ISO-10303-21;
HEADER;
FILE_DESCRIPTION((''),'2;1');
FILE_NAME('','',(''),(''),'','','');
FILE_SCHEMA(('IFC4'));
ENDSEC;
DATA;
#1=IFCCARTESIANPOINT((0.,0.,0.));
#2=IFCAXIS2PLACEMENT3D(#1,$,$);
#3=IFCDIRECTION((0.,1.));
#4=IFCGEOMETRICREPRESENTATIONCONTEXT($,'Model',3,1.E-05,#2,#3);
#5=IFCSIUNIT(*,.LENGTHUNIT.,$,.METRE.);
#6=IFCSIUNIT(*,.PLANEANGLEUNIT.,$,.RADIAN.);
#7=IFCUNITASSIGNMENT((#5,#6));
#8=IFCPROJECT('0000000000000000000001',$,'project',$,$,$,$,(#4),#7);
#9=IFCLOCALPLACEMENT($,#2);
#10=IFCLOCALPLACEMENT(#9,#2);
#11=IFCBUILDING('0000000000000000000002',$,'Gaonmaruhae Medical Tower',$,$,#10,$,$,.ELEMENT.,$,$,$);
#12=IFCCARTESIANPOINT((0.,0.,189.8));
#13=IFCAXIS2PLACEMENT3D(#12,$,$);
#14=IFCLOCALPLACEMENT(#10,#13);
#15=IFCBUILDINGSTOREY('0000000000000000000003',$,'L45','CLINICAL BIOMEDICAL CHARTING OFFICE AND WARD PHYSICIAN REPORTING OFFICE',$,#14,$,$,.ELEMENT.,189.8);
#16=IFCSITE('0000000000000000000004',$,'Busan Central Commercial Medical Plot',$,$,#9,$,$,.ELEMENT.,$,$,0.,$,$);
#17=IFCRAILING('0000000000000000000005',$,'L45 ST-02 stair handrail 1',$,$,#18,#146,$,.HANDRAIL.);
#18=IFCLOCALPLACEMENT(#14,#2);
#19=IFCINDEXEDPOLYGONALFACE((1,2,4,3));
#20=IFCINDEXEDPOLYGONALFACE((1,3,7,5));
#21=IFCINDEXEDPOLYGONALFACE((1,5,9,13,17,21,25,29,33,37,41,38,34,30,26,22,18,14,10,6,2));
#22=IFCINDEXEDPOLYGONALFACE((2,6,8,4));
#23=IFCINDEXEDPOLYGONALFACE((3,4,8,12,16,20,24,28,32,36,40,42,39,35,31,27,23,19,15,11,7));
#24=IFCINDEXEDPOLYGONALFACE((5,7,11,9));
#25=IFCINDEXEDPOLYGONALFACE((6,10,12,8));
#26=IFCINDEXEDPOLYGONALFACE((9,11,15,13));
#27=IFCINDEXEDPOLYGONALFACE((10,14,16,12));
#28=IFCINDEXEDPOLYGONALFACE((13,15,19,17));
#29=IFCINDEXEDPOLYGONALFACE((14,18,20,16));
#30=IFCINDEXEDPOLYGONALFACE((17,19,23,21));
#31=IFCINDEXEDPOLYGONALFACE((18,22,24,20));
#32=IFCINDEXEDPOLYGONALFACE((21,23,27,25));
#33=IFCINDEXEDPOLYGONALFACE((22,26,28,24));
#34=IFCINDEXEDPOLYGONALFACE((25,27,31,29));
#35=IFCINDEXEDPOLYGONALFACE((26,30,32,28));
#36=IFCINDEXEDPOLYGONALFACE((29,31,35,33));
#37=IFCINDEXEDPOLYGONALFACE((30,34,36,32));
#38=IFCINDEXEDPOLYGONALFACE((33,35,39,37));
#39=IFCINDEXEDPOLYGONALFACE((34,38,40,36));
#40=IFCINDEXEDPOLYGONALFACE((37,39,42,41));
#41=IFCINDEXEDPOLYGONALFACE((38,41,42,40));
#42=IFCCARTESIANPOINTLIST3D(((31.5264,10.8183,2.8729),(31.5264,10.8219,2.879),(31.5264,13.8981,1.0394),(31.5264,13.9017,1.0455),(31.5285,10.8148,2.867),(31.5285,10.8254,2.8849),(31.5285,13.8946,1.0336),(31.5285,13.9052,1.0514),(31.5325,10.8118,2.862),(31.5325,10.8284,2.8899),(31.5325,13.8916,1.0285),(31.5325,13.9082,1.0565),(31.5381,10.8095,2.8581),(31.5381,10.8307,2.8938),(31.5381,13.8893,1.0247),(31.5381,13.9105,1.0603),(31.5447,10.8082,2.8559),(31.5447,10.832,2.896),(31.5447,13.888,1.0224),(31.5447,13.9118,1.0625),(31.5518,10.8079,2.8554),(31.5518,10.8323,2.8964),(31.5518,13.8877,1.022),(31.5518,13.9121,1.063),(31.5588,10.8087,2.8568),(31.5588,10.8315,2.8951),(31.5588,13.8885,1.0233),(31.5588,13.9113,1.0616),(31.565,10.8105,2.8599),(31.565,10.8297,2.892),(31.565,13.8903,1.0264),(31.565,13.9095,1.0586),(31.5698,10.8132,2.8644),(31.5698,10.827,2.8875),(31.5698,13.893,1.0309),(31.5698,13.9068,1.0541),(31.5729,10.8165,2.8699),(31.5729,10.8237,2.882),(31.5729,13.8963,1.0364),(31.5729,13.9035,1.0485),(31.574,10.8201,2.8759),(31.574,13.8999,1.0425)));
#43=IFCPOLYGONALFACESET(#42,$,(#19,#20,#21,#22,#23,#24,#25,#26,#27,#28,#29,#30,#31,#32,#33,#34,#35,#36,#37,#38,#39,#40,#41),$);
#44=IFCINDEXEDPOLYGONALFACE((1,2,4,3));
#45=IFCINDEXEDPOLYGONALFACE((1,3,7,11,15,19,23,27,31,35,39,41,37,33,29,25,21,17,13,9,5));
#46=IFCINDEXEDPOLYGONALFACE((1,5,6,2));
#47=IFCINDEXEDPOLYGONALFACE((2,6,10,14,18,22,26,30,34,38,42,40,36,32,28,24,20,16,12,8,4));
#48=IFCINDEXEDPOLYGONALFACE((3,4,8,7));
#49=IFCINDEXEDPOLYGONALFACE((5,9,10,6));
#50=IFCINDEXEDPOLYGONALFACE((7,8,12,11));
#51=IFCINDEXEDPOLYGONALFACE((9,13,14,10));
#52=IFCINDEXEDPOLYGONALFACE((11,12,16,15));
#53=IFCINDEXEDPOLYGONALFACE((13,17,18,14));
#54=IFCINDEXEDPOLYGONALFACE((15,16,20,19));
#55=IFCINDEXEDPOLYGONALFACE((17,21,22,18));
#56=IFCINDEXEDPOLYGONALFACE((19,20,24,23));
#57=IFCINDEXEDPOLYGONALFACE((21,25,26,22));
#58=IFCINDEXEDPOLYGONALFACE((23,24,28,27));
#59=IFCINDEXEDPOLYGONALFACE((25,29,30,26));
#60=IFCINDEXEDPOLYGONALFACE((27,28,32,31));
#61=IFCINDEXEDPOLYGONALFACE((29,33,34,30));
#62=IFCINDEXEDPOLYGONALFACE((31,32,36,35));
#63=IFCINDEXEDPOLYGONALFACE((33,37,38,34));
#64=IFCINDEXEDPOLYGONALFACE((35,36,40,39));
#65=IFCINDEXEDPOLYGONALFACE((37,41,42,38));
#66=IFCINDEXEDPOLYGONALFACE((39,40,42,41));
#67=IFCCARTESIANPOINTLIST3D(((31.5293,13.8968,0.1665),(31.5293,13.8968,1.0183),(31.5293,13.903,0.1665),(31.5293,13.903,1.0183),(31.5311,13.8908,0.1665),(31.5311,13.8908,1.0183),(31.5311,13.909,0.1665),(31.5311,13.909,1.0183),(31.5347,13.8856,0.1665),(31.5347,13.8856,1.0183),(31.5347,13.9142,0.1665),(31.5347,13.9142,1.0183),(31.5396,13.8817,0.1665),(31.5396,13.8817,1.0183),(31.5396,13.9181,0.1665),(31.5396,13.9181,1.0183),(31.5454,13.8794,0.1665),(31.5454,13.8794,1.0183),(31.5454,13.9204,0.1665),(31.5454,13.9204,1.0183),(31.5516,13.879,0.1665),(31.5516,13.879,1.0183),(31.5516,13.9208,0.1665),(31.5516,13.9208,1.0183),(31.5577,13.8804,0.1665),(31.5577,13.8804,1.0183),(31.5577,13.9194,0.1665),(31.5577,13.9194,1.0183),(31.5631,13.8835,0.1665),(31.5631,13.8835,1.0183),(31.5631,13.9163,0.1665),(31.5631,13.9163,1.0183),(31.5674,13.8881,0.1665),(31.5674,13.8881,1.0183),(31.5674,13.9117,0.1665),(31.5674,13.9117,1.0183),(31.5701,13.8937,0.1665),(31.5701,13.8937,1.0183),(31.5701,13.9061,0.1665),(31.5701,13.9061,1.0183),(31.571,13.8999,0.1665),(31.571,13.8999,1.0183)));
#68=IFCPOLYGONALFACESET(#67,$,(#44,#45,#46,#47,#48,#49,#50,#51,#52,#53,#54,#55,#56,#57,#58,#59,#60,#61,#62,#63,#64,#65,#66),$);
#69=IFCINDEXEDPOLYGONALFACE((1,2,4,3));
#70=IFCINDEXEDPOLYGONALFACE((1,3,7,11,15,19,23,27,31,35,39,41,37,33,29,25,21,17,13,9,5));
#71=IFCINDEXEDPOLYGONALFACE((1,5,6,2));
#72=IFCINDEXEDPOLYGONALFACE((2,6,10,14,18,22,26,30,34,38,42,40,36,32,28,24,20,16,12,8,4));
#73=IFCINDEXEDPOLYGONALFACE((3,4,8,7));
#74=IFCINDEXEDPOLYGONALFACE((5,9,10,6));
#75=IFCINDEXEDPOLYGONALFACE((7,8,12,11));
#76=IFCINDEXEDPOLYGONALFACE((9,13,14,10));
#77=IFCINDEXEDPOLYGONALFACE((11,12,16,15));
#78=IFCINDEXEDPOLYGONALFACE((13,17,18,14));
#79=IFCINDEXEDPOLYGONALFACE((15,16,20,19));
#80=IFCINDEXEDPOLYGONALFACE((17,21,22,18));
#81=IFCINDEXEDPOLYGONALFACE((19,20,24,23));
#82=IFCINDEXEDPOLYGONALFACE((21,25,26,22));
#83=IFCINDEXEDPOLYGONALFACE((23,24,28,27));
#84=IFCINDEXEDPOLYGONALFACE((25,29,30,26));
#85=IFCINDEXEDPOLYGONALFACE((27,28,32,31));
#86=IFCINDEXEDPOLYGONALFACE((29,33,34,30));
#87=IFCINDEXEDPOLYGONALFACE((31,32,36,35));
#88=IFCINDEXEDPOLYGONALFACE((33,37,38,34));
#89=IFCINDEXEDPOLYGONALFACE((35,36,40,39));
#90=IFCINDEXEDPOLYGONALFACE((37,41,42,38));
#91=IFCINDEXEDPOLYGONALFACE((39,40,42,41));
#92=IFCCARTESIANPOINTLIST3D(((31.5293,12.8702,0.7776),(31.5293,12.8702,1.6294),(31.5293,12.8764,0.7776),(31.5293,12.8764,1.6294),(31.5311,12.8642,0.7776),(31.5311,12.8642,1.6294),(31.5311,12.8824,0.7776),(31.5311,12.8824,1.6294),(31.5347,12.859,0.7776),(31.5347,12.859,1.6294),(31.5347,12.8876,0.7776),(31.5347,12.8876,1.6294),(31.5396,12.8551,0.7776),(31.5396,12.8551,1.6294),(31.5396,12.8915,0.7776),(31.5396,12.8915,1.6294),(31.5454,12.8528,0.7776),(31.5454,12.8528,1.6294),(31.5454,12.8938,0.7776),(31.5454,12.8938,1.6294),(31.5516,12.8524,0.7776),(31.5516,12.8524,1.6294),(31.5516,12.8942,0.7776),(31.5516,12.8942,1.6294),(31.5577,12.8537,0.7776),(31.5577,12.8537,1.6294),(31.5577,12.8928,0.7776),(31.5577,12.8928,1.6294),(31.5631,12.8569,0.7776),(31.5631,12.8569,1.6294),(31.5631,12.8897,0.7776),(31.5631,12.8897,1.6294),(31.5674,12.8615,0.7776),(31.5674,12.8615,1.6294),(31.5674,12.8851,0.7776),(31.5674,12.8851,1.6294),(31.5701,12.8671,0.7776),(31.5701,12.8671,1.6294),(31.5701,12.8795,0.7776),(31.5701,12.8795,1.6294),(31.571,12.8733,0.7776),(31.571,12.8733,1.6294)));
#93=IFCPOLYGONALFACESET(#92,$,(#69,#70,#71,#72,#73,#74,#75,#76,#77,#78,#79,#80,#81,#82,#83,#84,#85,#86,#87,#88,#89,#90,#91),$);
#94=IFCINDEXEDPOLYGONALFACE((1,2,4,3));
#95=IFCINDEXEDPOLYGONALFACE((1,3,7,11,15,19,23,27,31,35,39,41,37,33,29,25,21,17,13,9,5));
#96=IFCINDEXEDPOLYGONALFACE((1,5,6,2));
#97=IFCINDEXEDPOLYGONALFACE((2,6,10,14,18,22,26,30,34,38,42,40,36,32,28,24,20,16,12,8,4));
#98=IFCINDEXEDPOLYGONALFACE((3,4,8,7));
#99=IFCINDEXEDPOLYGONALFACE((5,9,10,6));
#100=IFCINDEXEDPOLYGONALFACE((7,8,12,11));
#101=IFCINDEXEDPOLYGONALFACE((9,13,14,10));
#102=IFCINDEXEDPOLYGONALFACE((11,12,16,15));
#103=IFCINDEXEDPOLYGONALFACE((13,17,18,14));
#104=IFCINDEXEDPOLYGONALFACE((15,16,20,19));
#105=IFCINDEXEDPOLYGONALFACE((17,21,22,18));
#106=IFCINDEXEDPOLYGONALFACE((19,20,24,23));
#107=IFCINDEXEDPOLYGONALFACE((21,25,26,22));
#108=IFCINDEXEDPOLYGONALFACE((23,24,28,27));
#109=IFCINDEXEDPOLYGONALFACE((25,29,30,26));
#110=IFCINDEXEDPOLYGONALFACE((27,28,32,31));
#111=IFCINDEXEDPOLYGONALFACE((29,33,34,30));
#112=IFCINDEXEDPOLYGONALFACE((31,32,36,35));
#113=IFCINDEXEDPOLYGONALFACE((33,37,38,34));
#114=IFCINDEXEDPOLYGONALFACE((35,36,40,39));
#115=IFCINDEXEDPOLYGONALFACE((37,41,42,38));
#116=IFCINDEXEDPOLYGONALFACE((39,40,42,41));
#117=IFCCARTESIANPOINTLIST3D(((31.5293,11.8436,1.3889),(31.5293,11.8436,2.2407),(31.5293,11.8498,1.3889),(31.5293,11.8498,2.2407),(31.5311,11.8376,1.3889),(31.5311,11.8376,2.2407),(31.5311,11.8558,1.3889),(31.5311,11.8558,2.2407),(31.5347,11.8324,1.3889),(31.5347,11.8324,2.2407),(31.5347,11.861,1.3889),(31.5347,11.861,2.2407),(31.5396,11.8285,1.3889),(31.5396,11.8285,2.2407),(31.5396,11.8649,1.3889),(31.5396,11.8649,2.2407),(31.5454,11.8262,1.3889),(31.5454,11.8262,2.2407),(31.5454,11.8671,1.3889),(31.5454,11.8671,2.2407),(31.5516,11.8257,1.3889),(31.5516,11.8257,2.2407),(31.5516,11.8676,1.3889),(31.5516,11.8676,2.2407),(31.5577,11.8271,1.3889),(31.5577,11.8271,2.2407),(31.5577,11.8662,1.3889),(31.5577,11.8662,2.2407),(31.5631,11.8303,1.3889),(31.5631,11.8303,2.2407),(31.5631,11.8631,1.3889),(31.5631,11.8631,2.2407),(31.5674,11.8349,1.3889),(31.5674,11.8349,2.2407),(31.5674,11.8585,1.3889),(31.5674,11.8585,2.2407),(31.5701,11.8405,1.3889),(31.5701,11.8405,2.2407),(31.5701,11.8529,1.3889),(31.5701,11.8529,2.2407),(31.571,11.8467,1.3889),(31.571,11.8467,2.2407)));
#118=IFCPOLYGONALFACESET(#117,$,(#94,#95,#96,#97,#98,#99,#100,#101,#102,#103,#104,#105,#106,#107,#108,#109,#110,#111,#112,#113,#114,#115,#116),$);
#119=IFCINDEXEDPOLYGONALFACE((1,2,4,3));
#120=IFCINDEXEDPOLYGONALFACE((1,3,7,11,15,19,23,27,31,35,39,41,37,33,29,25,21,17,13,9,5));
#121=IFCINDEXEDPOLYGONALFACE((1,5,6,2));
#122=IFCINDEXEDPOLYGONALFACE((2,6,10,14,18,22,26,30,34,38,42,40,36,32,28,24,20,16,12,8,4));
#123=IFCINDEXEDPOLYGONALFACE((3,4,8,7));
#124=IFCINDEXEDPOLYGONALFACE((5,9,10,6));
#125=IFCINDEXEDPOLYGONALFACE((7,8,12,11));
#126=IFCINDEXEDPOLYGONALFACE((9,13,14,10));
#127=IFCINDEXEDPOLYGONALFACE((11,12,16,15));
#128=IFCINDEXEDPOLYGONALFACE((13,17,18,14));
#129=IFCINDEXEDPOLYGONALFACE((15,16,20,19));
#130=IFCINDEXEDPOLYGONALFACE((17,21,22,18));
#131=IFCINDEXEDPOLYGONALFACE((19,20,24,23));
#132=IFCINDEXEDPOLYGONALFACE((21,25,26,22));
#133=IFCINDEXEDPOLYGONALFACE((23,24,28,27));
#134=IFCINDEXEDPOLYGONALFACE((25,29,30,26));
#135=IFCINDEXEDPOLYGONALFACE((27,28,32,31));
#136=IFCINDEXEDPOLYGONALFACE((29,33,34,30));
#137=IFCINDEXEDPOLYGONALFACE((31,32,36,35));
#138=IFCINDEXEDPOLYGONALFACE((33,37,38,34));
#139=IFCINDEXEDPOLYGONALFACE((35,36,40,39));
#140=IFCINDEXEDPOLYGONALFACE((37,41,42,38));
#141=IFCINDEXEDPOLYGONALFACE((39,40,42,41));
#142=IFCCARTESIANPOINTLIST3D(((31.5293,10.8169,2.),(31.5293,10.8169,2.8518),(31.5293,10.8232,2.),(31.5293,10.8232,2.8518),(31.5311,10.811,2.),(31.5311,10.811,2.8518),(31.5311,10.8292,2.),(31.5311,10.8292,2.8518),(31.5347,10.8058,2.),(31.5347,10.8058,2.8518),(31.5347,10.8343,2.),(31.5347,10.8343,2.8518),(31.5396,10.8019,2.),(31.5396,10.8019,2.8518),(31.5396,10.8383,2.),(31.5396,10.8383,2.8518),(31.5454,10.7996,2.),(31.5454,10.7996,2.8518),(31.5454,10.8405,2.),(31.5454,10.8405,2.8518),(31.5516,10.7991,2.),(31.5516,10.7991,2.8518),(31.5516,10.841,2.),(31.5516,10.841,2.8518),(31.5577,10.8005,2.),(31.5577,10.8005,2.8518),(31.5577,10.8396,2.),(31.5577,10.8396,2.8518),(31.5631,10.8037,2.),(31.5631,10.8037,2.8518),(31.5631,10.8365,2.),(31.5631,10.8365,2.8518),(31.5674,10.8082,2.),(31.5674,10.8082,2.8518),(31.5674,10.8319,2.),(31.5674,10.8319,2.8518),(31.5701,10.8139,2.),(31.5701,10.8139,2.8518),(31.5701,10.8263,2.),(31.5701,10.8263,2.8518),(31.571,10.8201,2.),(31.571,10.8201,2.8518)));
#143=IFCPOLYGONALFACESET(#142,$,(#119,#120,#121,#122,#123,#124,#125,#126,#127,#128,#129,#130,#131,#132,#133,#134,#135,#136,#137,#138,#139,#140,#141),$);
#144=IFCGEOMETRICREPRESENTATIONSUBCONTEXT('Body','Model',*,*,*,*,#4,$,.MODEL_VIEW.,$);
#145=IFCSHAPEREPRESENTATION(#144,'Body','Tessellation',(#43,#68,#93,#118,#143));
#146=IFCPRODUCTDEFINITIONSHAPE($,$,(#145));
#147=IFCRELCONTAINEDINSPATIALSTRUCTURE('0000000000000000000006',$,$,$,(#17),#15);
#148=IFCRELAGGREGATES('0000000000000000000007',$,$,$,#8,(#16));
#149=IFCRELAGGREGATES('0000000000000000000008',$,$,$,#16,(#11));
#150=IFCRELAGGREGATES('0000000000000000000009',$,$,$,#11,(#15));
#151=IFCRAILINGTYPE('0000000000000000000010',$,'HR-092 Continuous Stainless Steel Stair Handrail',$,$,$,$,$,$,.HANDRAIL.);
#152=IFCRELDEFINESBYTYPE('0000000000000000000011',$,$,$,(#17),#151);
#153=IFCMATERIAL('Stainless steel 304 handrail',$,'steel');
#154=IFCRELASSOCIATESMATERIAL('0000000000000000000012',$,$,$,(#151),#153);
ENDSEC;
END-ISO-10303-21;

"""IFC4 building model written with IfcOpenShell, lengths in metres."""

from ifc_helpers import new_model, si_unit, direction, frame, origin, origin_2d, place, context, subcontext, project, spatial, circle, extrude, material, type_object, element, save


model = new_model("IFC4")

# Units and contexts
model_context = context("Model", 3, precision=1e-05, world=origin(), true_north=direction((0.0, 1.0)))
body_context = subcontext(model_context, "Body", "Model", "MODEL_VIEW")
ifc_project = project(units=[si_unit("LENGTHUNIT", "METRE"), si_unit("PLANEANGLEUNIT", "RADIAN")], contexts=[model_context])

# Site, building, storey
site_placement = place(None, origin())
site = spatial("IfcSite", under=ifc_project, at=site_placement, Name="Busan Central Commercial Medical Plot", CompositionType="ELEMENT", RefElevation=0.0)
building_placement = place(site_placement, origin())
building = spatial("IfcBuilding", under=site, at=building_placement, Name="Gaonmaruhae Medical Tower", CompositionType="ELEMENT")
storey_placement = place(building_placement, frame((0.0, 0.0, 189.8)))
storey = spatial("IfcBuildingStorey", under=building, at=storey_placement, Name="L45", Description="CLINICAL BIOMEDICAL CHARTING OFFICE AND WARD PHYSICIAN REPORTING OFFICE", CompositionType="ELEMENT", Elevation=189.8)

# Railing
ifc_material_1 = material(Name="Stainless steel 304 handrail", Category="steel")
railing_type_1 = type_object("IfcRailingType", Name="HR-092 Continuous Stainless Steel Stair Handrail", PredefinedType="HANDRAIL", material=ifc_material_1)
railing_1_placement = place(storey_placement, frame((31.55, 13.8999, 0.1665)))
element("IfcRailing", 1, at=railing_1_placement, inside=storey, type_object=railing_type_1, Name="L45 ST-02 stair handrail 1", PredefinedType="HANDRAIL", context=body_context, shape_type="SweptSolid", body=[
    extrude(circle(Radius=0.0239, at=origin_2d()), frame((0.0, 0.0, 0.876), z_axis=(0.0, -0.859261, 0.511538), x_axis=(1.0, 0.0, 0.0)), (0.0, 0.0, 1.0), 3.5842),
    extrude(circle(Radius=0.021, at=origin_2d()), origin(), (0.0, 0.0, 1.0), 0.8518),
    extrude(circle(Radius=0.021, at=origin_2d()), frame((0.0, -1.0266, 0.6111)), (0.0, 0.0, 1.0), 0.8518),
    extrude(circle(Radius=0.021, at=origin_2d()), frame((0.0, -2.0532, 1.2224)), (0.0, 0.0, 1.0), 0.8518),
    extrude(circle(Radius=0.021, at=origin_2d()), frame((0.0, -3.0798, 1.8335)), (0.0, 0.0, 1.0), 0.8518),
])

save(model, "model.ifc")
